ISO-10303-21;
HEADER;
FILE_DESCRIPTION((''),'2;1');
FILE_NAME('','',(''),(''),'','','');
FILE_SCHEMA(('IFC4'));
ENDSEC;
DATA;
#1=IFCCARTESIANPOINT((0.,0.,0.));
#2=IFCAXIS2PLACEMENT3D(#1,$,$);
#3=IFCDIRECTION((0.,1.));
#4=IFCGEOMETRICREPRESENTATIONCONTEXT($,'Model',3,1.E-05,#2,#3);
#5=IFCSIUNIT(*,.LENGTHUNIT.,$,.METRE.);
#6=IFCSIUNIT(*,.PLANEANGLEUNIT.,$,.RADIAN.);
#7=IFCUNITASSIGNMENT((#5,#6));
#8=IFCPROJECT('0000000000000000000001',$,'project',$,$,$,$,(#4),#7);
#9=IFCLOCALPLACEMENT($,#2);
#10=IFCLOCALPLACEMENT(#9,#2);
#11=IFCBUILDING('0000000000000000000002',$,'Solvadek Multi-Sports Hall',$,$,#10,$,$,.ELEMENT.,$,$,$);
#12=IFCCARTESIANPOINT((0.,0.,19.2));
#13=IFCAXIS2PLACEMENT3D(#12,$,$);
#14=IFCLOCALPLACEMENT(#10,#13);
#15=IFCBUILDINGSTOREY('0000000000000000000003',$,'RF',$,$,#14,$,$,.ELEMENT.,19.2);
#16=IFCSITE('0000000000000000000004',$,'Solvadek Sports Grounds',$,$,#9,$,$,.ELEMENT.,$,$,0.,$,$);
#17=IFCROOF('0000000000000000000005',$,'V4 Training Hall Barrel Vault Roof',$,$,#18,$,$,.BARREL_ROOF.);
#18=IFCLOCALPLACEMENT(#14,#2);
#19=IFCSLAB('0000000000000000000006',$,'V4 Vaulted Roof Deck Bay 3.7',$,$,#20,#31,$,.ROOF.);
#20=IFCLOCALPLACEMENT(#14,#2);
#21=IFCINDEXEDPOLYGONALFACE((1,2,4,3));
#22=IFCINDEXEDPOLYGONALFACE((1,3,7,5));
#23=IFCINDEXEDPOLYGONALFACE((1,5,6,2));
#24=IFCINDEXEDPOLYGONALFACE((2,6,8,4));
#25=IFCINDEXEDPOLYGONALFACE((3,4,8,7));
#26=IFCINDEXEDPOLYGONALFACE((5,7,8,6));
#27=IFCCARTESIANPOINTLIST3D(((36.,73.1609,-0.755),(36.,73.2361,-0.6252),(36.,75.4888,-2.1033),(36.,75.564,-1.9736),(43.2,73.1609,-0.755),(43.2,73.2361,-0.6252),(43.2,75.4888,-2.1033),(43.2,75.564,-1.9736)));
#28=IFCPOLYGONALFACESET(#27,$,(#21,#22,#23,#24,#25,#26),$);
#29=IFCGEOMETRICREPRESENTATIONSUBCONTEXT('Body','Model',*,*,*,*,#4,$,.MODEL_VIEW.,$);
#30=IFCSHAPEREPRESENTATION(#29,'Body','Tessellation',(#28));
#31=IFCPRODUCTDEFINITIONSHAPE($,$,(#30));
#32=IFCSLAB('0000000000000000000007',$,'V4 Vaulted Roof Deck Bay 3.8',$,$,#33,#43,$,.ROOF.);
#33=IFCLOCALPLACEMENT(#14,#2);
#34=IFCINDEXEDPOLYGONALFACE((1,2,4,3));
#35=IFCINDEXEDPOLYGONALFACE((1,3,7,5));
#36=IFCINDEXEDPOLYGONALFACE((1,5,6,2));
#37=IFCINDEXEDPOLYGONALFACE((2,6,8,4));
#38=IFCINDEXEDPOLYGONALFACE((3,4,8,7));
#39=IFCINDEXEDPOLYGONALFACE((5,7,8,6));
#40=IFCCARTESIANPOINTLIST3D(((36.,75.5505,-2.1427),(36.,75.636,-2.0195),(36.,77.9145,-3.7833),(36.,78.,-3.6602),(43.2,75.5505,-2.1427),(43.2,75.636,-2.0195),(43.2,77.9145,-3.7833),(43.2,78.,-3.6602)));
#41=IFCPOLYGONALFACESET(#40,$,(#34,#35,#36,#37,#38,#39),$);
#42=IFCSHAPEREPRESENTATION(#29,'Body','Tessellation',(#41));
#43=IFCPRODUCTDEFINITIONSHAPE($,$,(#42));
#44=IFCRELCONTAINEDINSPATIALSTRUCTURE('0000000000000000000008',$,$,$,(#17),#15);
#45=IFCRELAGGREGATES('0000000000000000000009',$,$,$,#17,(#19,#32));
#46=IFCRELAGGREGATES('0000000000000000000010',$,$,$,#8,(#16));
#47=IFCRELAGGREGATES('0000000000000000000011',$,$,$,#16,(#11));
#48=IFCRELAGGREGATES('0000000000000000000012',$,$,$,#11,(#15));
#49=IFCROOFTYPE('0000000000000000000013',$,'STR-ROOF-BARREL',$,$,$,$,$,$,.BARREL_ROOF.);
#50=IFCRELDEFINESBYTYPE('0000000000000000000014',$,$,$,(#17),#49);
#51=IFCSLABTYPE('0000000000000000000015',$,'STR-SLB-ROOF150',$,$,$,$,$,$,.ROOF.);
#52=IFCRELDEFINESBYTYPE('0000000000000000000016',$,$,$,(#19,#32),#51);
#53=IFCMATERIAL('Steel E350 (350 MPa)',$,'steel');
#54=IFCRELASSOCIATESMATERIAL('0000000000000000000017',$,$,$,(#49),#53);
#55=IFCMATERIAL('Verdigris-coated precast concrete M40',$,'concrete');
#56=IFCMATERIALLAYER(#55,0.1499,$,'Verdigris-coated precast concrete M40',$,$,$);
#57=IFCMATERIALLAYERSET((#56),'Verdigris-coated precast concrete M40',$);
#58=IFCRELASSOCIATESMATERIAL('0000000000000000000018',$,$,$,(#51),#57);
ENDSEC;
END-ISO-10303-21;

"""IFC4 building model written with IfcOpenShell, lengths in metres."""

from ifc_helpers import new_model, si_unit, direction, frame, origin, place, context, subcontext, project, spatial, polyline, outline, extrude, material, layer, layer_set, type_object, element, aggregate, save


model = new_model("IFC4")

# Units and contexts
model_context = context("Model", 3, precision=1e-05, world=origin(), true_north=direction((0.0, 1.0)))
body_context = subcontext(model_context, "Body", "Model", "MODEL_VIEW")
ifc_project = project(units=[si_unit("LENGTHUNIT", "METRE"), si_unit("PLANEANGLEUNIT", "RADIAN")], contexts=[model_context])

# Site, building, storey
site_placement = place(None, origin())
site = spatial("IfcSite", under=ifc_project, at=site_placement, Name="Solvadek Sports Grounds", CompositionType="ELEMENT", RefElevation=0.0)
building_placement = place(site_placement, origin())
building = spatial("IfcBuilding", under=site, at=building_placement, Name="Solvadek Multi-Sports Hall", CompositionType="ELEMENT")
storey_placement = place(building_placement, frame((0.0, 0.0, 19.2)))
storey = spatial("IfcBuildingStorey", under=building, at=storey_placement, Name="RF", CompositionType="ELEMENT", Elevation=19.2)

# Shared definitions
ifc_material_1 = material(Name="Steel E350 (350 MPa)", Category="steel")

# Roof, slabs
roof_type = type_object("IfcRoofType", Name="STR-ROOF-BARREL", PredefinedType="BARREL_ROOF", material=ifc_material_1)
roof_placement = place(storey_placement, origin())
roof = element("IfcRoof", 1, at=roof_placement, inside=storey, type_object=roof_type, Name="V4 Training Hall Barrel Vault Roof", PredefinedType="BARREL_ROOF")
ifc_material_2 = material(Name="Verdigris-coated precast concrete M40", Category="concrete")
ifc_layer_1 = layer(ifc_material_2, 0.1499, Name="Verdigris-coated precast concrete M40")
ifc_layer_set_1 = layer_set([ifc_layer_1], Name="Verdigris-coated precast concrete M40")
slab_type = type_object("IfcSlabType", Name="STR-SLB-ROOF150", PredefinedType="ROOF", material=ifc_layer_set_1)
slab_1_placement = place(storey_placement, frame((36.0, 73.2361, -0.6252), z_axis=(0.0, 0.501222, 0.865319), x_axis=(1.0, 0.0, 0.0)))
slab_1 = element("IfcSlab", 2, at=slab_1_placement, type_object=slab_type, Name="V4 Vaulted Roof Deck Bay 3.7", PredefinedType="ROOF", context=body_context, shape_type="SweptSolid", body=[
    extrude(outline(polyline([(0.0, 0.0), (7.2, 0.0), (7.2, 2.6902), (0.0, 2.6902), (0.0, 0.0)])), origin(), (0.0, 0.0, -1.0), 0.1499),
])
slab_2_placement = place(storey_placement, frame((36.0, 75.636, -2.0195), z_axis=(0.0, 0.570149, 0.821541), x_axis=(1.0, 0.0, 0.0)))
slab_2 = element("IfcSlab", 3, at=slab_2_placement, type_object=slab_type, Name="V4 Vaulted Roof Deck Bay 3.8", PredefinedType="ROOF", context=body_context, shape_type="SweptSolid", body=[
    extrude(outline(polyline([(0.0, 0.0), (7.2, 0.0), (7.2, 2.8775), (0.0, 2.8775), (0.0, 0.0)])), origin(), (0.0, 0.0, -1.0), 0.1499),
])
aggregate(roof, [slab_1, slab_2])

save(model, "model.ifc")
